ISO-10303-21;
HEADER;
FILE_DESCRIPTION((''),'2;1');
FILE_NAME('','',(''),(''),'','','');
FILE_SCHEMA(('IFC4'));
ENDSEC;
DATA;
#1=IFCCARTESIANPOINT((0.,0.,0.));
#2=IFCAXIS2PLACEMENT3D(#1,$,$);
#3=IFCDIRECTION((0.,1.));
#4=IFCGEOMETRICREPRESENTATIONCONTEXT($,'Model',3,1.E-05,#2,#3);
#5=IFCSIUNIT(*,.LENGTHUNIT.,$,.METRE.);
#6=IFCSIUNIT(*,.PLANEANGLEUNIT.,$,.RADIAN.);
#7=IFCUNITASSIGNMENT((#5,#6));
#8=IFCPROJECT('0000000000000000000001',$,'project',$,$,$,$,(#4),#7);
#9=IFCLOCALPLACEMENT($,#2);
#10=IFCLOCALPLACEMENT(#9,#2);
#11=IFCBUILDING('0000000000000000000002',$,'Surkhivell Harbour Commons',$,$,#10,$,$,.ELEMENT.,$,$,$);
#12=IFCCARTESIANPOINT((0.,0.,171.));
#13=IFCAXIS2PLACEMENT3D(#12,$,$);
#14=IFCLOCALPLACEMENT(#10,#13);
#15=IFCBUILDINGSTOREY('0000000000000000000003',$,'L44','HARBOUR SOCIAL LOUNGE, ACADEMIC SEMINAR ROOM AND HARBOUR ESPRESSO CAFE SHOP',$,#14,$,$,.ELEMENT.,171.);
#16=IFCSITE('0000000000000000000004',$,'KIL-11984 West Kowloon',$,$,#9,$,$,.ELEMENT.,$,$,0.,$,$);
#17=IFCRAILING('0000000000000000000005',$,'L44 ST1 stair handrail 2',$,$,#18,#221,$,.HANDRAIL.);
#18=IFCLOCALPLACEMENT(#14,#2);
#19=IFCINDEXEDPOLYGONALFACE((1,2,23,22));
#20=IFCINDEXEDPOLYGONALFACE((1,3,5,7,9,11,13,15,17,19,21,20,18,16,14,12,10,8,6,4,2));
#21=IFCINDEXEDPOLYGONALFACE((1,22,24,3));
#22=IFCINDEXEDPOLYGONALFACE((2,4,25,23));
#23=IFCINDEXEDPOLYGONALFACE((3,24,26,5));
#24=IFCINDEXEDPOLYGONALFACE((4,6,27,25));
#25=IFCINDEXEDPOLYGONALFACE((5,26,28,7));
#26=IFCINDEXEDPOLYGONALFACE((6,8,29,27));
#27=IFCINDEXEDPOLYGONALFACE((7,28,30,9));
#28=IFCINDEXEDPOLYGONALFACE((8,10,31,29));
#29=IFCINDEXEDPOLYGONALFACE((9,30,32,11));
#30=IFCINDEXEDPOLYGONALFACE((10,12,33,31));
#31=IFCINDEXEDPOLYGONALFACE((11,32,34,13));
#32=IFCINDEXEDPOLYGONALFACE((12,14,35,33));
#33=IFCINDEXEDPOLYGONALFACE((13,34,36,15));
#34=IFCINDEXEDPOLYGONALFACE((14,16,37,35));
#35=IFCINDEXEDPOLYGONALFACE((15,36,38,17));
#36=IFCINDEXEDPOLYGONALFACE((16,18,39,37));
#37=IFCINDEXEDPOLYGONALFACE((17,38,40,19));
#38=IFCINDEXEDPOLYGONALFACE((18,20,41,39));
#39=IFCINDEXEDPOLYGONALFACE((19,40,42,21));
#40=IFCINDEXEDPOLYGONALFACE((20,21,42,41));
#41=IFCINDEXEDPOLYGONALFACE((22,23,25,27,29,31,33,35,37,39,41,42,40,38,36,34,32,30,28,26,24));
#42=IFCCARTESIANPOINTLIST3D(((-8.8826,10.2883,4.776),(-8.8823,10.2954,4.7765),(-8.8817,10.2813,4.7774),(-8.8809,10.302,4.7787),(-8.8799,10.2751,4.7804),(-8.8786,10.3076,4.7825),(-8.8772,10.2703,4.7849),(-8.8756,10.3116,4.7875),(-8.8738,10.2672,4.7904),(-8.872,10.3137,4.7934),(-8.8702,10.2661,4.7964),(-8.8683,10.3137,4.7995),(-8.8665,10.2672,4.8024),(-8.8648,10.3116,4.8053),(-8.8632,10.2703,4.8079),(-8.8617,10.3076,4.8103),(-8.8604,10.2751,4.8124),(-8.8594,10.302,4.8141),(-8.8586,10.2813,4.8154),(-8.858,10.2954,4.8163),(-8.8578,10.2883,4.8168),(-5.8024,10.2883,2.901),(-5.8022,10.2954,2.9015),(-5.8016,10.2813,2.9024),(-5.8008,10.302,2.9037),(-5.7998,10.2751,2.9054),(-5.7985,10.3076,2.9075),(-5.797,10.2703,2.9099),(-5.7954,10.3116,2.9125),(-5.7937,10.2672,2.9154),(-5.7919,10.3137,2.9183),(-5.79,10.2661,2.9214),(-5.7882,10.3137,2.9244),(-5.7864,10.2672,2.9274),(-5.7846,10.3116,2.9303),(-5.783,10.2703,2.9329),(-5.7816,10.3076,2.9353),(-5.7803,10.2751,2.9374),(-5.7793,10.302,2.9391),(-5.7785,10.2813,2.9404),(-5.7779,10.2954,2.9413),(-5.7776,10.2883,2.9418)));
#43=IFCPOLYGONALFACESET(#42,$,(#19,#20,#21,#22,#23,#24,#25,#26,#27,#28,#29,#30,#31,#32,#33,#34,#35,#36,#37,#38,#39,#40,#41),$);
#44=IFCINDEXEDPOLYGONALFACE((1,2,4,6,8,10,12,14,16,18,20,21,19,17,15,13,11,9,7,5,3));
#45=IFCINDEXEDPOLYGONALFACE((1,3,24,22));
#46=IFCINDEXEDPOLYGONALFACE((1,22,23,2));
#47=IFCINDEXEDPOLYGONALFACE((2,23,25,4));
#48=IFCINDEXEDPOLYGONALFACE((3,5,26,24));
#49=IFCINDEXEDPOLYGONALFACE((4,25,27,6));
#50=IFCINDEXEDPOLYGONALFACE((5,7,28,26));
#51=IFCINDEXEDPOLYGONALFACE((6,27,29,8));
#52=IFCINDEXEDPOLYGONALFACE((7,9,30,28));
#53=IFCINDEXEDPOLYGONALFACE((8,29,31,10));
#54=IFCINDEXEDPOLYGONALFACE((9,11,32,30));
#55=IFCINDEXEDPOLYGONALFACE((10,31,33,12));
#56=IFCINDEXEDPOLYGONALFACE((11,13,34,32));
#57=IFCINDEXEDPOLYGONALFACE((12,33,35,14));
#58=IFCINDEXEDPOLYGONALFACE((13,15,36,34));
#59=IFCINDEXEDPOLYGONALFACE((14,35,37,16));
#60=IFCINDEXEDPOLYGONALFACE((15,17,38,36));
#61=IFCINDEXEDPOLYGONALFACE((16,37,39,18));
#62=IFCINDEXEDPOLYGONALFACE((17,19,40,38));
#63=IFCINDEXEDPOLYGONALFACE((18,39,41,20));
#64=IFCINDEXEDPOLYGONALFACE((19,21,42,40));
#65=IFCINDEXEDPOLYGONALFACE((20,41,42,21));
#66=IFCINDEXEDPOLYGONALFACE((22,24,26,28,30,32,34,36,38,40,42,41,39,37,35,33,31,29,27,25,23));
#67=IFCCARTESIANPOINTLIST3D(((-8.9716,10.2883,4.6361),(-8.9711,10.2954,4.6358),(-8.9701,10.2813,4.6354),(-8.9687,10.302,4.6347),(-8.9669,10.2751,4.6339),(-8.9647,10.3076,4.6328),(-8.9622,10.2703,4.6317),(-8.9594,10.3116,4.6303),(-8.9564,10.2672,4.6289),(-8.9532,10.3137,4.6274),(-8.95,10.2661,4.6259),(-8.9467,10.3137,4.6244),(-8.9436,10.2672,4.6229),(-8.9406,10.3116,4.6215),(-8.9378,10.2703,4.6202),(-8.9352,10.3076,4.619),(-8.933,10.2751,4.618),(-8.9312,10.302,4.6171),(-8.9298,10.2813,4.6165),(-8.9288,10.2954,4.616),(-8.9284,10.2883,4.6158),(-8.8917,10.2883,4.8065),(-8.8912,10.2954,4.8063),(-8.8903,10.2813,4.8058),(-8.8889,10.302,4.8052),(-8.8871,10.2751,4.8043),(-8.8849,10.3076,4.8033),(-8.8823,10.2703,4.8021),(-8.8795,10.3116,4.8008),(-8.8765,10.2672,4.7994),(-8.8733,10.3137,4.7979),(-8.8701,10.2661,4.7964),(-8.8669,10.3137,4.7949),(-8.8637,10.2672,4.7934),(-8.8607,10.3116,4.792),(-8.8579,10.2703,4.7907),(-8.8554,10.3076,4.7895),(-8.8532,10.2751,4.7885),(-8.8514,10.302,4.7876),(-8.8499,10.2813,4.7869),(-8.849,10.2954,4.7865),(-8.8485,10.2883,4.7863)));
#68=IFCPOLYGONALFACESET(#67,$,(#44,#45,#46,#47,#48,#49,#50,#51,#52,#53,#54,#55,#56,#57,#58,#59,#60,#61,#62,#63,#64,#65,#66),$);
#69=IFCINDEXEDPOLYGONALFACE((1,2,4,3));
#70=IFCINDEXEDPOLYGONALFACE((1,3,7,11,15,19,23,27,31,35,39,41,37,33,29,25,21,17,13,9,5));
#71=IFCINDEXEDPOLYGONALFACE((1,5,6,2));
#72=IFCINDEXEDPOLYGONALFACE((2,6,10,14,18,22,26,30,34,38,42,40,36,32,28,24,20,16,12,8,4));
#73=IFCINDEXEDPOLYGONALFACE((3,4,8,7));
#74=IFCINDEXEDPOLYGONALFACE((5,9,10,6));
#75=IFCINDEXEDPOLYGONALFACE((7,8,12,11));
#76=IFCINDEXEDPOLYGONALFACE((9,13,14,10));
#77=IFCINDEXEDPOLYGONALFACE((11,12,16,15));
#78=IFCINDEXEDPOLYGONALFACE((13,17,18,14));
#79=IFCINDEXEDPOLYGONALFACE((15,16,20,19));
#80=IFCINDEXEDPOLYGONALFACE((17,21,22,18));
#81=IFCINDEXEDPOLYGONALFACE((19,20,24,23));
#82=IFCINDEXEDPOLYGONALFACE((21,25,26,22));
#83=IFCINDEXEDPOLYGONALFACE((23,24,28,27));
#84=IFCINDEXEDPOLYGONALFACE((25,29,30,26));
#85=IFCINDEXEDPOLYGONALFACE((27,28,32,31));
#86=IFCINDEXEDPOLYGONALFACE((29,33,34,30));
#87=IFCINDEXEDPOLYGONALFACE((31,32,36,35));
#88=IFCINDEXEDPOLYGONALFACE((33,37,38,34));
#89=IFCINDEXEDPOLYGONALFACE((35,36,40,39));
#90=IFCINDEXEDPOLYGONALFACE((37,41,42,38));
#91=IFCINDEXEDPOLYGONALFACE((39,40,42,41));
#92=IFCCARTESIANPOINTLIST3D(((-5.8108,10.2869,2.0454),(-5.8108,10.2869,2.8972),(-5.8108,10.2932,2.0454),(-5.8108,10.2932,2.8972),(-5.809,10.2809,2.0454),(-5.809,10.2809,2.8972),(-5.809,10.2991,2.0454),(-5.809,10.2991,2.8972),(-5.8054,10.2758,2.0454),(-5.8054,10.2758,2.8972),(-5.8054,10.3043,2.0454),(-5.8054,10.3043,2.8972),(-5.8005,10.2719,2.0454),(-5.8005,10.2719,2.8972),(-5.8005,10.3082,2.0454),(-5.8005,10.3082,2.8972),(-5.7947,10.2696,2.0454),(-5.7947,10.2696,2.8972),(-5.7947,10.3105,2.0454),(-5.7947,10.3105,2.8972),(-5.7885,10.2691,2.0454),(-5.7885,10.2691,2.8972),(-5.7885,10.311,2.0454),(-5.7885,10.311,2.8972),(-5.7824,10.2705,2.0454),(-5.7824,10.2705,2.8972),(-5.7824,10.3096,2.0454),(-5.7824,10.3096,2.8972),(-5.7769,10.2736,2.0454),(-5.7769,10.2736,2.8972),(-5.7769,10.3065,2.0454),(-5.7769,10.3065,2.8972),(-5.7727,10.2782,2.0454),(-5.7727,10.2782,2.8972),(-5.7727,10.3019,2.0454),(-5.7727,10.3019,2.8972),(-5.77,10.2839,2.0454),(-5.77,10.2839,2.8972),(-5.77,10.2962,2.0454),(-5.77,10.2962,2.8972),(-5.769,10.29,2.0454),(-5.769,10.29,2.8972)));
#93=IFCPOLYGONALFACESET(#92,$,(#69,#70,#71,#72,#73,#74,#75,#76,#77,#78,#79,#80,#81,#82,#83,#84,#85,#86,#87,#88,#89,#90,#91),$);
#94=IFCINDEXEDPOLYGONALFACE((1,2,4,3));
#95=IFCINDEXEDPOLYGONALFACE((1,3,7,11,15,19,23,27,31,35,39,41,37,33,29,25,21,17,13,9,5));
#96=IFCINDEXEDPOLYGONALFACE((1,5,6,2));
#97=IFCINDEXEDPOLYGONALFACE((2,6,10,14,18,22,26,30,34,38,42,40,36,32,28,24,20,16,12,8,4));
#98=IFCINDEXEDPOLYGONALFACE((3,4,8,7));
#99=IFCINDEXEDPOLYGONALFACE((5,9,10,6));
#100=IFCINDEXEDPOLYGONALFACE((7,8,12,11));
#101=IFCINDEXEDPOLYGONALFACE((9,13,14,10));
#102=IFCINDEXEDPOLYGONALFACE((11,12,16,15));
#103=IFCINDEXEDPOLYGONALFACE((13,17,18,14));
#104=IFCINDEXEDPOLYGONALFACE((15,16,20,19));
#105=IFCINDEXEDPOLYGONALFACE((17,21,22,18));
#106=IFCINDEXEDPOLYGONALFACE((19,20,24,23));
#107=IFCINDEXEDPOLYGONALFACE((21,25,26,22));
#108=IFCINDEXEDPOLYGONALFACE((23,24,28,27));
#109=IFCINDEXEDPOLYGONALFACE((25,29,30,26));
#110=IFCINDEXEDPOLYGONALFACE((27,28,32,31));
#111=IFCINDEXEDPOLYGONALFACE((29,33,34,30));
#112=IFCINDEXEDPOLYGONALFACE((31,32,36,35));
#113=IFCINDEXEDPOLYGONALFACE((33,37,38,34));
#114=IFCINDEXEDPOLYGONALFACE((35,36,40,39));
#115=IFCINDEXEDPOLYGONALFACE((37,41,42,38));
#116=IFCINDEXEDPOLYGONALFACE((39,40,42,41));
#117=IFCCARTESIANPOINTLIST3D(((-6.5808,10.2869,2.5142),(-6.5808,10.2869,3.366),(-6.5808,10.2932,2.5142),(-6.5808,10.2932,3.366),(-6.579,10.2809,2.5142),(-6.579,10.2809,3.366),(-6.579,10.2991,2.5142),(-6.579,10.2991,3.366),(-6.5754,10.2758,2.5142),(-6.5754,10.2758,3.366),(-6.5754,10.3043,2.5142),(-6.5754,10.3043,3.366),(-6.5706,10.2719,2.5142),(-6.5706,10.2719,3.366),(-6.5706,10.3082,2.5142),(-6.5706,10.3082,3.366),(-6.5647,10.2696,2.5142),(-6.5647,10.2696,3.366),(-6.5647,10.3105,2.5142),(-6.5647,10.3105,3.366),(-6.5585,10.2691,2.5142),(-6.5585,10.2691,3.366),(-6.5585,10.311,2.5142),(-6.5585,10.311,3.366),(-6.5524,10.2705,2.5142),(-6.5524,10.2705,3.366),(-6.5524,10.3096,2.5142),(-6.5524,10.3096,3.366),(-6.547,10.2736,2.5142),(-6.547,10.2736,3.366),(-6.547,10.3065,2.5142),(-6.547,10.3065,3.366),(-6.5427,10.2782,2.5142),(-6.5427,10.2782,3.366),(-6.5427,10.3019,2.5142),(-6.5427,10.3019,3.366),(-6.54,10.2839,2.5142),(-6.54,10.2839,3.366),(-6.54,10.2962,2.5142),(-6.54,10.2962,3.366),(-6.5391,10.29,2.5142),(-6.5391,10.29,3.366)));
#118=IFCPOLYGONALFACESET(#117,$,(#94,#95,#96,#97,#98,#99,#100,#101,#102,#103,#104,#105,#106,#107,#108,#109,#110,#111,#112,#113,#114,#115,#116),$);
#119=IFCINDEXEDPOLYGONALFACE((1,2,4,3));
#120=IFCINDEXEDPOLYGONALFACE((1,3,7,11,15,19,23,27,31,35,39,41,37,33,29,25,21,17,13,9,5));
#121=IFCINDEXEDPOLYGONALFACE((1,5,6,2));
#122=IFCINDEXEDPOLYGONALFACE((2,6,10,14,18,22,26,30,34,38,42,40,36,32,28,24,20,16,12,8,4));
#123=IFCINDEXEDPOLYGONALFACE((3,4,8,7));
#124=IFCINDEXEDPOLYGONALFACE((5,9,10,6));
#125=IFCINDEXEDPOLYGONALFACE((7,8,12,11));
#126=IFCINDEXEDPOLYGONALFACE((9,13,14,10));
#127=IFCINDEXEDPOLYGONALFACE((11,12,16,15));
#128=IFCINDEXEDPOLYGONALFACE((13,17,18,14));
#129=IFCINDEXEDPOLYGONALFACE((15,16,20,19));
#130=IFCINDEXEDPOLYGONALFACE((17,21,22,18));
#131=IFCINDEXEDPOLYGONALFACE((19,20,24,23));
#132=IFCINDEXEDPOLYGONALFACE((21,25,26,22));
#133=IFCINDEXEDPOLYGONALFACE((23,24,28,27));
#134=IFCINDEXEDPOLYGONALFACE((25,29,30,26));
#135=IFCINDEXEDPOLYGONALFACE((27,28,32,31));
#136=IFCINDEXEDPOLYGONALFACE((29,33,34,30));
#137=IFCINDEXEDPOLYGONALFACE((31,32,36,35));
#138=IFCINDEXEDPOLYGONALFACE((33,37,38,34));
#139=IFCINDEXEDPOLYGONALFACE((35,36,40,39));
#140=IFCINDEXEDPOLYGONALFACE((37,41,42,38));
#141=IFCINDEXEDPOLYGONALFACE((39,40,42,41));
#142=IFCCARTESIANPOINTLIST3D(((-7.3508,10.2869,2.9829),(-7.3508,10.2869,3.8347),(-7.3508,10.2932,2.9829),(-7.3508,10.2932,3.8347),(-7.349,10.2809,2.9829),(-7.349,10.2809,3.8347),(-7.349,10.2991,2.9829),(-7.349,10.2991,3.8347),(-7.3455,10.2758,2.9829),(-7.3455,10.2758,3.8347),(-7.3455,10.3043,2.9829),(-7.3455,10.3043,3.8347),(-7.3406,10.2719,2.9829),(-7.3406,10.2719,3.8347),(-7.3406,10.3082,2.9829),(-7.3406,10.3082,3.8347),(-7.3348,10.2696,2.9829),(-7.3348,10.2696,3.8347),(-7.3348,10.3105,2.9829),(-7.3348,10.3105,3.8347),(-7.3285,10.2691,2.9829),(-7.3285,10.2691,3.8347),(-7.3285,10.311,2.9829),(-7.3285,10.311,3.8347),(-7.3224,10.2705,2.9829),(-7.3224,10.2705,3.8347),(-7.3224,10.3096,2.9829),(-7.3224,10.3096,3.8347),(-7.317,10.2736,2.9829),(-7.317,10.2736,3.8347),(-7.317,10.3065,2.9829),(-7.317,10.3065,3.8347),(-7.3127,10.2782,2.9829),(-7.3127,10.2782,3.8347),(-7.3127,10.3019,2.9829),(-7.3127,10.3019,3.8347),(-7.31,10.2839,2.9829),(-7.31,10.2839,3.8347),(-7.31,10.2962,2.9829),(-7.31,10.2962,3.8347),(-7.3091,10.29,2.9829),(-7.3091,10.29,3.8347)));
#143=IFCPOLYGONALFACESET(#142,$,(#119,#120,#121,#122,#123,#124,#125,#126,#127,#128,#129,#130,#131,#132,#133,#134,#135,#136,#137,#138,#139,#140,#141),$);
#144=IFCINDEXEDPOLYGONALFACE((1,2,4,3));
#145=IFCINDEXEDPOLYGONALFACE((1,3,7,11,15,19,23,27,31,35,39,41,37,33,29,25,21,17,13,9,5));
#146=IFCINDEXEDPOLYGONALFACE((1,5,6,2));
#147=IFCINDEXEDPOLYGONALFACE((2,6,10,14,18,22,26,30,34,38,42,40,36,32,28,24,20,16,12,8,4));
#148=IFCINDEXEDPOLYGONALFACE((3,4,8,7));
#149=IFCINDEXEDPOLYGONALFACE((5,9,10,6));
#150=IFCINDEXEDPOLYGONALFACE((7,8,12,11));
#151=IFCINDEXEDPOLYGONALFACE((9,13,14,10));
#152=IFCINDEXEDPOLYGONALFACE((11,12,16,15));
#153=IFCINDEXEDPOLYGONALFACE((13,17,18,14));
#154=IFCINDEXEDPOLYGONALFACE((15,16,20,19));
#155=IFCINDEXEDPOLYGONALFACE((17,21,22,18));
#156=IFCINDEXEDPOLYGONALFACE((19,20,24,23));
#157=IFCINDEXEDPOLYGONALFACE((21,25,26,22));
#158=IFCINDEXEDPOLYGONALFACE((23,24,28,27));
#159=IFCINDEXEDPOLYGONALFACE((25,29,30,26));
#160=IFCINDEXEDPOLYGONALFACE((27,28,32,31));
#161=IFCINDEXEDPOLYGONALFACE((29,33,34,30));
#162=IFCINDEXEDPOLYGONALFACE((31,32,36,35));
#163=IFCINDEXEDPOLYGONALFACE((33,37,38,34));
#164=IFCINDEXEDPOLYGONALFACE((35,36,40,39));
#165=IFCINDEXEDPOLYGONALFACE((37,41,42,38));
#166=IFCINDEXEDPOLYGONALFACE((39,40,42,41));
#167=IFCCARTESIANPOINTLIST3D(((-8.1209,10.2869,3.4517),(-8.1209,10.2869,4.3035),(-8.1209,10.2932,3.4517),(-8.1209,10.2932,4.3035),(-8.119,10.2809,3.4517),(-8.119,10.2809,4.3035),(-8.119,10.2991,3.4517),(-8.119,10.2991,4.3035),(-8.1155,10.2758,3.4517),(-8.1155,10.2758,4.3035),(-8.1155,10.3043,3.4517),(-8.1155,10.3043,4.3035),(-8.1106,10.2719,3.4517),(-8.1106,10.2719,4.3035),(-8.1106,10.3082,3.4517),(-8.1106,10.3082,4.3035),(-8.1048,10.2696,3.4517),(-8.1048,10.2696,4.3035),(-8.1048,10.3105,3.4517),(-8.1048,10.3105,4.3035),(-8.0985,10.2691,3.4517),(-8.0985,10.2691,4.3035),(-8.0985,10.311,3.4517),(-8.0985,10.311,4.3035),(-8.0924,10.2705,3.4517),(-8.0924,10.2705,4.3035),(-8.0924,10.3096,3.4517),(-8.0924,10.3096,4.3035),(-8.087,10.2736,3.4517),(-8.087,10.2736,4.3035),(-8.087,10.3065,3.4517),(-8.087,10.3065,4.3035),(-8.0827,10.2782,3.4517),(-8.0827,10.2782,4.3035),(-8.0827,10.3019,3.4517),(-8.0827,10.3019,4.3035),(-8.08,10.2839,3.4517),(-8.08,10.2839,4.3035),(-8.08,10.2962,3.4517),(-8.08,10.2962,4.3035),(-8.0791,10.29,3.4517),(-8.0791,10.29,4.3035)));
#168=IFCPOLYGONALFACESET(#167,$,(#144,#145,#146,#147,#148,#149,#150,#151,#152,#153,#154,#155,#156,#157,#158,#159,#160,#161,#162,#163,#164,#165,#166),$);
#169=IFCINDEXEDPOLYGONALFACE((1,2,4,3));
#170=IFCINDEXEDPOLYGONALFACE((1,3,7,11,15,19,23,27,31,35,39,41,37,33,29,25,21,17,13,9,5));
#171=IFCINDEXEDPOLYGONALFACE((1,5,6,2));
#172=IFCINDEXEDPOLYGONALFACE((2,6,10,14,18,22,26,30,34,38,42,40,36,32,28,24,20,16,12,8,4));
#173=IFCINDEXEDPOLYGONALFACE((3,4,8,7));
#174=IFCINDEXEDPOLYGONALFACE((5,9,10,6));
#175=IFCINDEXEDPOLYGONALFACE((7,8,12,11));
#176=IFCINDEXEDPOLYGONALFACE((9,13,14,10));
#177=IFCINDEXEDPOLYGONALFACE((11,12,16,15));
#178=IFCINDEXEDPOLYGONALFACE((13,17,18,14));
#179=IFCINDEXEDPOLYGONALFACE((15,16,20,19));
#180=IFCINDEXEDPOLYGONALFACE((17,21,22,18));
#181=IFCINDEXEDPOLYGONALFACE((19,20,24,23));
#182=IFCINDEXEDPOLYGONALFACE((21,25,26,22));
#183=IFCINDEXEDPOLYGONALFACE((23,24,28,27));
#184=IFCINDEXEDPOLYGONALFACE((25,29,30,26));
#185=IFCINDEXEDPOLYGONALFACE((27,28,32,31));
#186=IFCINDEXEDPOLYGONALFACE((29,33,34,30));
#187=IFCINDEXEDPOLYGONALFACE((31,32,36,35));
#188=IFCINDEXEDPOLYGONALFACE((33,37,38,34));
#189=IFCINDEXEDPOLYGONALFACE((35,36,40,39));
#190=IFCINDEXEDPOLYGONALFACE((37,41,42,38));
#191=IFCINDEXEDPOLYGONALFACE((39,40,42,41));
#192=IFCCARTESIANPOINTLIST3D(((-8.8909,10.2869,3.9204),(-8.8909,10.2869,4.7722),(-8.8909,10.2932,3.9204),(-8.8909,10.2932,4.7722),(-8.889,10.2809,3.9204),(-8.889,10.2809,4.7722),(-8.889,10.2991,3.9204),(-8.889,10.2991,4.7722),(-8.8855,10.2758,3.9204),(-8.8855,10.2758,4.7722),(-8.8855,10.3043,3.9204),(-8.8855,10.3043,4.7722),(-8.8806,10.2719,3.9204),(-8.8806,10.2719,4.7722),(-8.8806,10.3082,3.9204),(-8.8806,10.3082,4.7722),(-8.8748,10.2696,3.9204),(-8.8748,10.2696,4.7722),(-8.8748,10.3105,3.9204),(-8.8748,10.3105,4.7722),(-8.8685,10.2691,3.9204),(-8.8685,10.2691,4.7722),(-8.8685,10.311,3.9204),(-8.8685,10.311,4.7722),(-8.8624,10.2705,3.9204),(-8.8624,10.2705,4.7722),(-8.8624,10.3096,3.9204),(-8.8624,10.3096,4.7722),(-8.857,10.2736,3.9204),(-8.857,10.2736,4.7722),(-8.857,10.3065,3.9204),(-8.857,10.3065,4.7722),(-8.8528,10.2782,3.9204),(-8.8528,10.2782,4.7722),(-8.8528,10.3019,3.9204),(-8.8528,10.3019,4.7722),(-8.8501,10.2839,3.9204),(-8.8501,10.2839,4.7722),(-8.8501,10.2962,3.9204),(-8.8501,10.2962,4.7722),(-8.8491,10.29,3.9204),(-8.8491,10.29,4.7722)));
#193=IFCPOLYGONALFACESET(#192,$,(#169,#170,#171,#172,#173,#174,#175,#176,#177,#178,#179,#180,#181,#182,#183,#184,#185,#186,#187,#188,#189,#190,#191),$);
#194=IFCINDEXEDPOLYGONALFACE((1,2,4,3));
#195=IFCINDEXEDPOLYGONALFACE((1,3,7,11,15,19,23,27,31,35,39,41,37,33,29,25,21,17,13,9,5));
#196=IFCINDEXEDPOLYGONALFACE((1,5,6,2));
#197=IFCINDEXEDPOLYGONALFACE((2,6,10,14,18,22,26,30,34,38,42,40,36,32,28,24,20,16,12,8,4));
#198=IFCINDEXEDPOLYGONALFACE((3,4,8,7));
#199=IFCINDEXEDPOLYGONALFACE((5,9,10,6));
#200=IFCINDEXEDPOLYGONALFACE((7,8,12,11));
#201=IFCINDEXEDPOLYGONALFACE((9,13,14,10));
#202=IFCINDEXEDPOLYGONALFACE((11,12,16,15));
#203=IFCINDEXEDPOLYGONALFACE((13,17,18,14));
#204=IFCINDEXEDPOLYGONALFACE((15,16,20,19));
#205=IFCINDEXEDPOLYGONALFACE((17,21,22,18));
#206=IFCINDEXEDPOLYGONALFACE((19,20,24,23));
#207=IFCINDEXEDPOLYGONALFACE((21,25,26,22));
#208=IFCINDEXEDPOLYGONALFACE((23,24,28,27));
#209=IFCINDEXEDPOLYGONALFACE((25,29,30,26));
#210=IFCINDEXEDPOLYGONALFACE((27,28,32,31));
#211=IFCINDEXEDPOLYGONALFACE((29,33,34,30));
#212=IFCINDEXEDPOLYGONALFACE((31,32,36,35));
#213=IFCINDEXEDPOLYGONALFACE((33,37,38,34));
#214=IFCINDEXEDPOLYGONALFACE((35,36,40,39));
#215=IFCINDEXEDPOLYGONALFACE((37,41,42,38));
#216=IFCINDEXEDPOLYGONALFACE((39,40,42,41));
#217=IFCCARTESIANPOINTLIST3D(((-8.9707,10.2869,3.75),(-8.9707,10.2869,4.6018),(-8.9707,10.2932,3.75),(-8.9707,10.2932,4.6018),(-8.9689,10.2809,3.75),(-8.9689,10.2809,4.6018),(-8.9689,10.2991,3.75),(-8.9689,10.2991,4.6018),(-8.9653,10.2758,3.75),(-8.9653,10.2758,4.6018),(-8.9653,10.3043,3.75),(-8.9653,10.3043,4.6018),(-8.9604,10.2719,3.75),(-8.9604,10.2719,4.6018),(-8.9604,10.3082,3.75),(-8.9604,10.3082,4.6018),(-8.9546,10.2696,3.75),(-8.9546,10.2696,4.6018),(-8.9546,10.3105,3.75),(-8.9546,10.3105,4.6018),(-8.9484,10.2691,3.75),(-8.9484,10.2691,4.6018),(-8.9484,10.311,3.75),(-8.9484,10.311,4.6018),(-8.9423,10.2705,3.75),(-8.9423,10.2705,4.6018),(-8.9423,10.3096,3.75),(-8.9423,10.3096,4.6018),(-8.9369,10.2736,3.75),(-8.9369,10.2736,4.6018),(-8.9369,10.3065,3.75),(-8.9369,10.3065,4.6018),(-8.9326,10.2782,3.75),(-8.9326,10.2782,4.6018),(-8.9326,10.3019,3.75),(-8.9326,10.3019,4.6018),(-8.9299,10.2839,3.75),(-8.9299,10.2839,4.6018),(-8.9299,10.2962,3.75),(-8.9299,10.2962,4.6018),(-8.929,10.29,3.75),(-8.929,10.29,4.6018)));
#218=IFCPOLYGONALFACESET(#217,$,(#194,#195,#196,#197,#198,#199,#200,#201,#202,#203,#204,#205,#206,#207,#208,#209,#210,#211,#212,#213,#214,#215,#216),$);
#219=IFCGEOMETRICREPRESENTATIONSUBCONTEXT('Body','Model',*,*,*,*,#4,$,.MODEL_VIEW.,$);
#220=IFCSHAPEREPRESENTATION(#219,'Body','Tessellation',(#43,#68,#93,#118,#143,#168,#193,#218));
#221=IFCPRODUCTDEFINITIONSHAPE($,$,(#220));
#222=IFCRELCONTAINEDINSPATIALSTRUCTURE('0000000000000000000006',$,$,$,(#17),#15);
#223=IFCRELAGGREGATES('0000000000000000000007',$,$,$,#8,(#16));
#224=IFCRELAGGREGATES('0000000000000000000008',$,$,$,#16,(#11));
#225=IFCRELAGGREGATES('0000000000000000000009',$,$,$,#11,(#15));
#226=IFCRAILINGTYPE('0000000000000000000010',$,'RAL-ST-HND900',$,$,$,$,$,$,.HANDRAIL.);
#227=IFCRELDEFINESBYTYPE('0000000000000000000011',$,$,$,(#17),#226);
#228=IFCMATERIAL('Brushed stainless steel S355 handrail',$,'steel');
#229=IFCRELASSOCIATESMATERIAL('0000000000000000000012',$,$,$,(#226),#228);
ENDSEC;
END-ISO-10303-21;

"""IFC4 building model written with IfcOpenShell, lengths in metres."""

from ifc_helpers import new_model, si_unit, direction, frame, origin, origin_2d, place, context, subcontext, project, spatial, circle, extrude, material, type_object, element, save


model = new_model("IFC4")

# Units and contexts
model_context = context("Model", 3, precision=1e-05, world=origin(), true_north=direction((0.0, 1.0)))
body_context = subcontext(model_context, "Body", "Model", "MODEL_VIEW")
ifc_project = project(units=[si_unit("LENGTHUNIT", "METRE"), si_unit("PLANEANGLEUNIT", "RADIAN")], contexts=[model_context])

# Site, building, storey
site_placement = place(None, origin())
site = spatial("IfcSite", under=ifc_project, at=site_placement, Name="KIL-11984 West Kowloon", CompositionType="ELEMENT", RefElevation=0.0)
building_placement = place(site_placement, origin())
building = spatial("IfcBuilding", under=site, at=building_placement, Name="Surkhivell Harbour Commons", CompositionType="ELEMENT")
storey_placement = place(building_placement, frame((0.0, 0.0, 171.0)))
storey = spatial("IfcBuildingStorey", under=building, at=storey_placement, Name="L44", Description="HARBOUR SOCIAL LOUNGE, ACADEMIC SEMINAR ROOM AND HARBOUR ESPRESSO CAFE SHOP", CompositionType="ELEMENT", Elevation=171.0)

# Railing
ifc_material_1 = material(Name="Brushed stainless steel S355 handrail", Category="steel")
railing_type_1 = type_object("IfcRailingType", Name="RAL-ST-HND900", PredefinedType="HANDRAIL", material=ifc_material_1)
railing_1_placement = place(storey_placement, frame((-5.79, 10.29, 2.0454)))
element("IfcRailing", 1, at=railing_1_placement, inside=storey, type_object=railing_type_1, Name="L44 ST1 stair handrail 2", PredefinedType="HANDRAIL", context=body_context, shape_type="SweptSolid", body=[
    extrude(circle(Radius=0.0239, at=origin_2d()), frame((0.0, 0.0, 0.876), z_axis=(-0.854178, 0.0, 0.519981), x_axis=(0.0, -1.0, 0.0)), (0.0, 0.0, 1.0), 3.606),
    extrude(circle(Radius=0.0239, at=origin_2d()), frame((-3.0801, 0.0, 2.751), z_axis=(-0.424234, 0.0, -0.905552), x_axis=(0.0, -1.0, 0.0)), (0.0, 0.0, 1.0), 0.1882),
    extrude(circle(Radius=0.021, at=origin_2d()), origin(), (0.0, 0.0, 1.0), 0.8518),
    extrude(circle(Radius=0.021, at=origin_2d()), frame((-0.77, 0.0, 0.4688)), (0.0, 0.0, 1.0), 0.8518),
    extrude(circle(Radius=0.021, at=origin_2d()), frame((-1.54, 0.0, 0.9375)), (0.0, 0.0, 1.0), 0.8518),
    extrude(circle(Radius=0.021, at=origin_2d()), frame((-2.3101, 0.0, 1.4062)), (0.0, 0.0, 1.0), 0.8518),
    extrude(circle(Radius=0.021, at=origin_2d()), frame((-3.0801, 0.0, 1.875)), (0.0, 0.0, 1.0), 0.8518),
    extrude(circle(Radius=0.021, at=origin_2d()), frame((-3.1599, 0.0, 1.7046)), (0.0, 0.0, 1.0), 0.8518),
])

save(model, "model.ifc")
